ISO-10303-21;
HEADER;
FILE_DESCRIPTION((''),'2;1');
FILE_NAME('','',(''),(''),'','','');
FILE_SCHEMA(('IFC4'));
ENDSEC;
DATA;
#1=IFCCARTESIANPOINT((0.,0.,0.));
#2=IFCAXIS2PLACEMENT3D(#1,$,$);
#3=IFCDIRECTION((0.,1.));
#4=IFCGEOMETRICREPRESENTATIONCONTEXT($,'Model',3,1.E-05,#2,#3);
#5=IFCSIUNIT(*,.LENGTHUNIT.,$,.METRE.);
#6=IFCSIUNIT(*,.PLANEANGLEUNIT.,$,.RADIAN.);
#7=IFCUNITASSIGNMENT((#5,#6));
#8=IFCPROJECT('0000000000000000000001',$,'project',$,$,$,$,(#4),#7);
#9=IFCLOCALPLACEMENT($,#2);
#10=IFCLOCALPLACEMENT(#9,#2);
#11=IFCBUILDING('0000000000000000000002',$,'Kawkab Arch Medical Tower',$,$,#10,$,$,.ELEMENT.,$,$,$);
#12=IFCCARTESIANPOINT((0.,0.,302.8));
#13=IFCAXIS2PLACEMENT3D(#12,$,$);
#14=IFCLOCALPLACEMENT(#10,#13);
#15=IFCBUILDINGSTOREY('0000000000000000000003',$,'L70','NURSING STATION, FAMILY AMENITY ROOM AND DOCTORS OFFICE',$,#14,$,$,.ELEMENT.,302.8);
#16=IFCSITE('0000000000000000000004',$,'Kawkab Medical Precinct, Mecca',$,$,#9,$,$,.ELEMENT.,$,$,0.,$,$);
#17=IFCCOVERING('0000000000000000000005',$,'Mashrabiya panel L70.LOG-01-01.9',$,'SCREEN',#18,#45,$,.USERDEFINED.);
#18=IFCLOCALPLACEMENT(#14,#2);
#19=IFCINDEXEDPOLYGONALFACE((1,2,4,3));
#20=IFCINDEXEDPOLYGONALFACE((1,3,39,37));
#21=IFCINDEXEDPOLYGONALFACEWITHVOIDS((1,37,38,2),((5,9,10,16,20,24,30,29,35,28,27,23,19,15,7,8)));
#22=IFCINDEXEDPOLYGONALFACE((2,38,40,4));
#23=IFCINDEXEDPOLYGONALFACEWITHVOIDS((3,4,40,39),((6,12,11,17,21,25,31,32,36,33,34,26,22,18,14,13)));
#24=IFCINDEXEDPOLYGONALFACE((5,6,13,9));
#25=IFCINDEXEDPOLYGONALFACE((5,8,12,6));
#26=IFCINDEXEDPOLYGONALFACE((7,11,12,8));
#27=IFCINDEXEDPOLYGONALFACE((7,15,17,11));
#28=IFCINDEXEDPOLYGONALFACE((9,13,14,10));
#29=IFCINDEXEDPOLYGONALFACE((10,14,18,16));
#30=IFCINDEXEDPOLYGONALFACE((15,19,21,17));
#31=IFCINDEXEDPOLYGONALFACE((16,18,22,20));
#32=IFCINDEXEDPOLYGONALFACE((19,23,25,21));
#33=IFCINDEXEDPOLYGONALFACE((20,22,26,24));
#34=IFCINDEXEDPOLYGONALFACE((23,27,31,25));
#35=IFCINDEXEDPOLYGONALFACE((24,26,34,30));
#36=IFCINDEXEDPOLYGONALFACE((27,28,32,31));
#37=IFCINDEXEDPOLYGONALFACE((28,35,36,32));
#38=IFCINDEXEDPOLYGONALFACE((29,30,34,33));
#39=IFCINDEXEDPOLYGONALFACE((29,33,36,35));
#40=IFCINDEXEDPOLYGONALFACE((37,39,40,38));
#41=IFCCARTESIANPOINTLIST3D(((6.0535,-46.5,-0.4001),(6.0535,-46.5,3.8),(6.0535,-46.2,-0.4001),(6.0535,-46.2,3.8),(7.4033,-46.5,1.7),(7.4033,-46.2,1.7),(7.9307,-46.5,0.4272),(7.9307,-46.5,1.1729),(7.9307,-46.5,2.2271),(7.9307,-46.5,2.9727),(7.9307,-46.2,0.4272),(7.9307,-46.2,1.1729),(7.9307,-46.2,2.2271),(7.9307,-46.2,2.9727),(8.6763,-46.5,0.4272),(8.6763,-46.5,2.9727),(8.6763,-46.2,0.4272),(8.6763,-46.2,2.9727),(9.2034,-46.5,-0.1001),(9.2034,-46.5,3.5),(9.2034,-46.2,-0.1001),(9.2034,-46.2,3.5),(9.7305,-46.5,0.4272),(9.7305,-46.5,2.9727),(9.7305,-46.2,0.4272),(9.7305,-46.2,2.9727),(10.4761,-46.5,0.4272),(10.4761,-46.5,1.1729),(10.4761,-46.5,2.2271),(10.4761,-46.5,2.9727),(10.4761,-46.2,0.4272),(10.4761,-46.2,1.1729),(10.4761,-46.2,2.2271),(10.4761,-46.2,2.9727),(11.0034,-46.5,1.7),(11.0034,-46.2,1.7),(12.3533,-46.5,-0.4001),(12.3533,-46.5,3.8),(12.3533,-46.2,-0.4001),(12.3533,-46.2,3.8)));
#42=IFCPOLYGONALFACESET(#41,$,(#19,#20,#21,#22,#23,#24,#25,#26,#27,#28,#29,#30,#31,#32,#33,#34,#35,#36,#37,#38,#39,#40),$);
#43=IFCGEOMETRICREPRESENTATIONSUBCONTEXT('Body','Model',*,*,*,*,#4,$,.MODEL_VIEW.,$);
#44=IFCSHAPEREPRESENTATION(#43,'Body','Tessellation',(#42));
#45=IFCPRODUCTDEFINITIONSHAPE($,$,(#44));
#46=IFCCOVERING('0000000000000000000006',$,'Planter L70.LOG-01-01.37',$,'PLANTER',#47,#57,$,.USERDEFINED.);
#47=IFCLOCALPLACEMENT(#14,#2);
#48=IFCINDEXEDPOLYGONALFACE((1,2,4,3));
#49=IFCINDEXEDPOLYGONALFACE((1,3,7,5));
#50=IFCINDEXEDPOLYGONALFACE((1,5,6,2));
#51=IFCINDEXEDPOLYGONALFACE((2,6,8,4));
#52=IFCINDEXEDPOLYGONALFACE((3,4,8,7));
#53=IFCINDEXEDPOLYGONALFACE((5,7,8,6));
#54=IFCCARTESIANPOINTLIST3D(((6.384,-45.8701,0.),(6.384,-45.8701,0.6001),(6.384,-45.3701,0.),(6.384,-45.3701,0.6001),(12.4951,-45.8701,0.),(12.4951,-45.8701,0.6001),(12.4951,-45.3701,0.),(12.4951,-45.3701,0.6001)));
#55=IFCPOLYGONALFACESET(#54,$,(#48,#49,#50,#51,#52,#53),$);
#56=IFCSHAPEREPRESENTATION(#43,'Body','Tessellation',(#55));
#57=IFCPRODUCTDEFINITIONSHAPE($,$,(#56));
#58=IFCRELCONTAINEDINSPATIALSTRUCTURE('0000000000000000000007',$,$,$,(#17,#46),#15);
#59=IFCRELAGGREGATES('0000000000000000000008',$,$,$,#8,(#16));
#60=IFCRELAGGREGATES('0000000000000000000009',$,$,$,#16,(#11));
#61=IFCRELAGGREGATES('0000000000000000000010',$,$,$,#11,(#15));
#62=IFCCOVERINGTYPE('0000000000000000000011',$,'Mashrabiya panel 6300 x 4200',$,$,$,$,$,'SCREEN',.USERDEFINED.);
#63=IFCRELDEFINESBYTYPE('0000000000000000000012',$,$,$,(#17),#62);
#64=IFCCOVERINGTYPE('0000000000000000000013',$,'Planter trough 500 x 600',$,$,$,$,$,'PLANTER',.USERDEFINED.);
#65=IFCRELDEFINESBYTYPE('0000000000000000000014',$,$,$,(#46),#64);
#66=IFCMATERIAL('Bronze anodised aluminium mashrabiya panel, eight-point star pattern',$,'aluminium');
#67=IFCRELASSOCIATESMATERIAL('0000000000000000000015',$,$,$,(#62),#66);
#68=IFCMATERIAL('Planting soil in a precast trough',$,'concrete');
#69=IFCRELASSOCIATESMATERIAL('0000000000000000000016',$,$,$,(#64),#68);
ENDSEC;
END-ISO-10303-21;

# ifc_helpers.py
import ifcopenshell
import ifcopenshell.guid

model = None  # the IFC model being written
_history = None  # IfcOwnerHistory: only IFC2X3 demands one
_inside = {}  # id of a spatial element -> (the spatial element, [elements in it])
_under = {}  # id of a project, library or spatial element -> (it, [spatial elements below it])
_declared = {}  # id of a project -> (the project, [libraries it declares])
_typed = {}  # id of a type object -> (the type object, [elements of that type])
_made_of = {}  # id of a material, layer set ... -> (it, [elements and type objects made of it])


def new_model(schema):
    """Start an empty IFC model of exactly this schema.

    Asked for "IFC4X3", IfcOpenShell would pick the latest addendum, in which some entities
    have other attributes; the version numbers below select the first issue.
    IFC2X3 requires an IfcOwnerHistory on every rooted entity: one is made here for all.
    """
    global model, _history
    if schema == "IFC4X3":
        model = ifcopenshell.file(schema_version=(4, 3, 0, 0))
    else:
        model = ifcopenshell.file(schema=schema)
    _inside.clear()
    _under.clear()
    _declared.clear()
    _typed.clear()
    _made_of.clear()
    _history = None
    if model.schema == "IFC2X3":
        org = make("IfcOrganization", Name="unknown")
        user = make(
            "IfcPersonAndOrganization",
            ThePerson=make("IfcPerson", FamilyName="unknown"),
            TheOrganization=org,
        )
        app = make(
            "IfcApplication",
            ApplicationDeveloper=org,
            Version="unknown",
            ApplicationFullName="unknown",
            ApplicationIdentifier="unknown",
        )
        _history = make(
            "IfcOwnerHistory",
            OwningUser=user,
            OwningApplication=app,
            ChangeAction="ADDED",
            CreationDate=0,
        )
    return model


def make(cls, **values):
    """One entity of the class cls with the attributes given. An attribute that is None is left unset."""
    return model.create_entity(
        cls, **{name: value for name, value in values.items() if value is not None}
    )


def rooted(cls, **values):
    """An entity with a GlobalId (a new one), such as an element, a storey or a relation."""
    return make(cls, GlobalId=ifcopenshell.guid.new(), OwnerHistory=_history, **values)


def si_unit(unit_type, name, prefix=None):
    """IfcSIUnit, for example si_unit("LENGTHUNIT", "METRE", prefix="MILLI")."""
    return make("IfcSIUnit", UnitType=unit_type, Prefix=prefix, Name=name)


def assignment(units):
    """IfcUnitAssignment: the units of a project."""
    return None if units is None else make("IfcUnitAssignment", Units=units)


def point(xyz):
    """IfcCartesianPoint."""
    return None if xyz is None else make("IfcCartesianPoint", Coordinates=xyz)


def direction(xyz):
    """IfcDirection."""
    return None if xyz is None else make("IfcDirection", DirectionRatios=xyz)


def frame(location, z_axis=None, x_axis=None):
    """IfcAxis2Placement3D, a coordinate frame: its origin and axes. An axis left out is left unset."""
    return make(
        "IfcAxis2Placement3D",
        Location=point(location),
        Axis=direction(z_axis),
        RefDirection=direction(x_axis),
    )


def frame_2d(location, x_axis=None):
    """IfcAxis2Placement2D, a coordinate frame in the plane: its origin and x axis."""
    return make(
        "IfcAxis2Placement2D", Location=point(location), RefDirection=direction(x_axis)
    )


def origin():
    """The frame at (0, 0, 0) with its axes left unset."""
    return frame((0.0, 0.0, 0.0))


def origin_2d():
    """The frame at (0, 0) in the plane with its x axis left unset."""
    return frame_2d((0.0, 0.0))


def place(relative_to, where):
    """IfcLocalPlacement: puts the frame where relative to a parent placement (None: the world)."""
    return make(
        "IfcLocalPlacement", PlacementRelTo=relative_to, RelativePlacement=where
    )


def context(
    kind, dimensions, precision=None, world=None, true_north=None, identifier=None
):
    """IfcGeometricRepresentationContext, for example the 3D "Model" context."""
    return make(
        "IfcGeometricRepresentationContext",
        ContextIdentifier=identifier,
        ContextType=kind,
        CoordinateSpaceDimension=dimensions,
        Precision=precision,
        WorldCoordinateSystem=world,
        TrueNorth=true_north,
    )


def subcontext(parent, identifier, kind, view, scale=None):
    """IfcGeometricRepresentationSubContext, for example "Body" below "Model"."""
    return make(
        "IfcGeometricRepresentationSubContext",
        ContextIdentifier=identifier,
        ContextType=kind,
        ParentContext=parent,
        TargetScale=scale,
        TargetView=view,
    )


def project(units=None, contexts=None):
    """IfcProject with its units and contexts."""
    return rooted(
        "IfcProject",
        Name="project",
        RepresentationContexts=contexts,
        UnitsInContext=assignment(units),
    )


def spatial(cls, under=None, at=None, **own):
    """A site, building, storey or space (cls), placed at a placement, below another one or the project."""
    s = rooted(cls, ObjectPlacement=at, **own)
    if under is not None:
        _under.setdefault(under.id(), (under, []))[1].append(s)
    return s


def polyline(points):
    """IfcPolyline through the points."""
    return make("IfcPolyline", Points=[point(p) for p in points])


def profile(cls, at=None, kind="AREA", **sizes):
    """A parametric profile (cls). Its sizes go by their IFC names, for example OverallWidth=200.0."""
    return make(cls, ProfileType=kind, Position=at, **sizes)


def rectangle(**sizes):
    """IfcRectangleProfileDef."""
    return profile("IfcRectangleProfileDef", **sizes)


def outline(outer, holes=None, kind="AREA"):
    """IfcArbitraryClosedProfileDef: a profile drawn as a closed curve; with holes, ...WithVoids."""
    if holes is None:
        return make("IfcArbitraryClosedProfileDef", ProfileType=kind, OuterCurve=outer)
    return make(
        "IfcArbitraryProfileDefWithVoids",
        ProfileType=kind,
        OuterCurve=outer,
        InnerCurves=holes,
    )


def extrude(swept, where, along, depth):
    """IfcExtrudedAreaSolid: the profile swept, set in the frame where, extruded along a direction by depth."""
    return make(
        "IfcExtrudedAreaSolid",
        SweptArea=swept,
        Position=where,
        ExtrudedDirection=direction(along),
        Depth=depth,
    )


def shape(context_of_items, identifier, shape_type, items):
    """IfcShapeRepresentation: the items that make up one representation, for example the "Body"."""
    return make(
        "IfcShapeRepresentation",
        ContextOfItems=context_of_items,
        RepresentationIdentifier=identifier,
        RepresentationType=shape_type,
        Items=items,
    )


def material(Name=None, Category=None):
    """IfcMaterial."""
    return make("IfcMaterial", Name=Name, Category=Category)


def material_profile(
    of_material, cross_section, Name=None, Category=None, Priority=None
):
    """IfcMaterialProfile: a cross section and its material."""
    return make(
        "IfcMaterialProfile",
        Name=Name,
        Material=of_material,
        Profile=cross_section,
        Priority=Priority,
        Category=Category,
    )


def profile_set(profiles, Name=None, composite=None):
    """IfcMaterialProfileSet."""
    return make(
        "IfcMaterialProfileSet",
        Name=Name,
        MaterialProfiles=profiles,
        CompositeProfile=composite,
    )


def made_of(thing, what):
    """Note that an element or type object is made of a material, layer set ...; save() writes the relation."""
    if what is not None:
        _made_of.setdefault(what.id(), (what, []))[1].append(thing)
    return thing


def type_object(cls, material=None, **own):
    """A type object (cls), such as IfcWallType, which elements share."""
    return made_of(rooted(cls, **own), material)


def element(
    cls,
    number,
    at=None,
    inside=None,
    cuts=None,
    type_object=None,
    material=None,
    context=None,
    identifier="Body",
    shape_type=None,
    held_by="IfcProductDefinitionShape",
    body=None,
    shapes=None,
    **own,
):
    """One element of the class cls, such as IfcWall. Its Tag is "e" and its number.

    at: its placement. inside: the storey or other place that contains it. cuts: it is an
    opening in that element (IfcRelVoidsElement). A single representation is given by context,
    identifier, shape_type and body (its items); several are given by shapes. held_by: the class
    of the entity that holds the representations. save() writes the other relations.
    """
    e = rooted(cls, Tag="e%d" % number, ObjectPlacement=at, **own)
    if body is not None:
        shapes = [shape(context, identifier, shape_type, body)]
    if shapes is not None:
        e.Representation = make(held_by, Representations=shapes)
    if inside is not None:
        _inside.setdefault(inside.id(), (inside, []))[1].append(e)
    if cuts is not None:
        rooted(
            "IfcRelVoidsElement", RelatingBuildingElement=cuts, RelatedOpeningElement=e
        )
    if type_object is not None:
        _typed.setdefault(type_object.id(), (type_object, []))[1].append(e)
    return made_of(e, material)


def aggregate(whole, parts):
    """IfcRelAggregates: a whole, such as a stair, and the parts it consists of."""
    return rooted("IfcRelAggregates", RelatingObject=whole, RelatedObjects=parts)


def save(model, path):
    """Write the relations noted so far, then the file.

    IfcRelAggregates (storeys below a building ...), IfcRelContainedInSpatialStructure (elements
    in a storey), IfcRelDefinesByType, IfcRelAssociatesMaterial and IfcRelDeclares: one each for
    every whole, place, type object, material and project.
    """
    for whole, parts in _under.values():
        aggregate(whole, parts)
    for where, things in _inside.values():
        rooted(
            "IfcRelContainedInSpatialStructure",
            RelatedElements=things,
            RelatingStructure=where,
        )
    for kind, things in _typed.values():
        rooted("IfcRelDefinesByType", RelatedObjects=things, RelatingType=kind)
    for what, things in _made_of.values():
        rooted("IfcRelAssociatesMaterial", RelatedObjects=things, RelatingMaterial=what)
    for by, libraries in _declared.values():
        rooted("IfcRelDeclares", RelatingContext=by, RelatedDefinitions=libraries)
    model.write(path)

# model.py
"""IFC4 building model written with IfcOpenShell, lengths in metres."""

from ifc_helpers import new_model, si_unit, direction, frame, origin, origin_2d, place, context, subcontext, project, spatial, polyline, rectangle, outline, extrude, material, material_profile, profile_set, type_object, element, save


model = new_model("IFC4")

# Units and contexts
model_context = context("Model", 3, precision=1e-05, world=origin(), true_north=direction((0.0, 1.0)))
body_context = subcontext(model_context, "Body", "Model", "MODEL_VIEW")
ifc_project = project(units=[si_unit("LENGTHUNIT", "METRE"), si_unit("PLANEANGLEUNIT", "RADIAN")], contexts=[model_context])

# Site, building, storey
site_placement = place(None, origin())
site = spatial("IfcSite", under=ifc_project, at=site_placement, Name="Kawkab Medical Precinct, Mecca", CompositionType="ELEMENT", RefElevation=0.0)
building_placement = place(site_placement, origin())
building = spatial("IfcBuilding", under=site, at=building_placement, Name="Kawkab Arch Medical Tower", CompositionType="ELEMENT")
storey_placement = place(building_placement, frame((0.0, 0.0, 302.8)))
storey = spatial("IfcBuildingStorey", under=building, at=storey_placement, Name="L70", Description="NURSING STATION, FAMILY AMENITY ROOM AND DOCTORS OFFICE", CompositionType="ELEMENT", Elevation=302.8)

# Coverings
ifc_material_1 = material(Name="Bronze anodised aluminium mashrabiya panel, eight-point star pattern", Category="aluminium")
ifc_material_profile_1 = material_profile(ifc_material_1, outline(polyline([(-3.1499, -2.1001), (3.1499, -2.1001), (3.1499, 2.1001), (-3.1499, 2.1001), (-3.1499, -2.1001)]), holes=[polyline([(1.8, 0.0), (1.2727, 0.5271), (1.2727, 1.2727), (0.5271, 1.2727), (0.0, 1.8), (-0.5271, 1.2727), (-1.2727, 1.2727), (-1.2727, 0.5271), (-1.8, 0.0), (-1.2727, -0.5271), (-1.2727, -1.2727), (-0.5271, -1.2727), (0.0, -1.8), (0.5271, -1.2727), (1.2727, -1.2727), (1.2727, -0.5271), (1.8, 0.0)])]), Name="Mashrabiya panel 6300x4200")
ifc_profile_set_1 = profile_set([ifc_material_profile_1], Name="Bronze anodised aluminium mashrabiya panel, eight-point star pattern")
covering_type_1 = type_object("IfcCoveringType", Name="Mashrabiya panel 6300 x 4200", ElementType="SCREEN", PredefinedType="USERDEFINED", material=ifc_profile_set_1)
covering_1_placement = place(storey_placement, frame((9.2034, -46.2, 1.7), z_axis=(0.0, -1.0, 0.0), x_axis=(1.0, 0.0, 0.0)))
element("IfcCovering", 1, at=covering_1_placement, inside=storey, type_object=covering_type_1, Name="Mashrabiya panel L70.LOG-01-01.9", ObjectType="SCREEN", PredefinedType="USERDEFINED", context=body_context, shape_type="SweptSolid", body=[
    extrude(outline(polyline([(-3.1499, -2.1001), (3.1499, -2.1001), (3.1499, 2.1001), (-3.1499, 2.1001), (-3.1499, -2.1001)]), holes=[polyline([(1.8, 0.0), (1.2727, 0.5271), (1.2727, 1.2727), (0.5271, 1.2727), (0.0, 1.8), (-0.5271, 1.2727), (-1.2727, 1.2727), (-1.2727, 0.5271), (-1.8, 0.0), (-1.2727, -0.5271), (-1.2727, -1.2727), (-0.5271, -1.2727), (0.0, -1.8), (0.5271, -1.2727), (1.2727, -1.2727), (1.2727, -0.5271), (1.8, 0.0)])]), origin(), (0.0, 0.0, 1.0), 0.3),
])
ifc_material_2 = material(Name="Planting soil in a precast trough", Category="concrete")
ifc_material_profile_2 = material_profile(ifc_material_2, rectangle(XDim=0.5, YDim=0.6001, at=origin_2d()), Name="Trough 500x600")
ifc_profile_set_2 = profile_set([ifc_material_profile_2], Name="Planting soil in a precast trough")
covering_type_2 = type_object("IfcCoveringType", Name="Planter trough 500 x 600", ElementType="PLANTER", PredefinedType="USERDEFINED", material=ifc_profile_set_2)
covering_2_placement = place(storey_placement, frame((12.4951, -45.6201, 0.3), z_axis=(-1.0, 0.0, 0.0), x_axis=(0.0, -1.0, 0.0)))
element("IfcCovering", 2, at=covering_2_placement, inside=storey, type_object=covering_type_2, Name="Planter L70.LOG-01-01.37", ObjectType="PLANTER", PredefinedType="USERDEFINED", context=body_context, shape_type="SweptSolid", body=[
    extrude(rectangle(XDim=0.5, YDim=0.6001, at=origin_2d()), origin(), (0.0, 0.0, 1.0), 6.1111),
])

save(model, "model.ifc")
